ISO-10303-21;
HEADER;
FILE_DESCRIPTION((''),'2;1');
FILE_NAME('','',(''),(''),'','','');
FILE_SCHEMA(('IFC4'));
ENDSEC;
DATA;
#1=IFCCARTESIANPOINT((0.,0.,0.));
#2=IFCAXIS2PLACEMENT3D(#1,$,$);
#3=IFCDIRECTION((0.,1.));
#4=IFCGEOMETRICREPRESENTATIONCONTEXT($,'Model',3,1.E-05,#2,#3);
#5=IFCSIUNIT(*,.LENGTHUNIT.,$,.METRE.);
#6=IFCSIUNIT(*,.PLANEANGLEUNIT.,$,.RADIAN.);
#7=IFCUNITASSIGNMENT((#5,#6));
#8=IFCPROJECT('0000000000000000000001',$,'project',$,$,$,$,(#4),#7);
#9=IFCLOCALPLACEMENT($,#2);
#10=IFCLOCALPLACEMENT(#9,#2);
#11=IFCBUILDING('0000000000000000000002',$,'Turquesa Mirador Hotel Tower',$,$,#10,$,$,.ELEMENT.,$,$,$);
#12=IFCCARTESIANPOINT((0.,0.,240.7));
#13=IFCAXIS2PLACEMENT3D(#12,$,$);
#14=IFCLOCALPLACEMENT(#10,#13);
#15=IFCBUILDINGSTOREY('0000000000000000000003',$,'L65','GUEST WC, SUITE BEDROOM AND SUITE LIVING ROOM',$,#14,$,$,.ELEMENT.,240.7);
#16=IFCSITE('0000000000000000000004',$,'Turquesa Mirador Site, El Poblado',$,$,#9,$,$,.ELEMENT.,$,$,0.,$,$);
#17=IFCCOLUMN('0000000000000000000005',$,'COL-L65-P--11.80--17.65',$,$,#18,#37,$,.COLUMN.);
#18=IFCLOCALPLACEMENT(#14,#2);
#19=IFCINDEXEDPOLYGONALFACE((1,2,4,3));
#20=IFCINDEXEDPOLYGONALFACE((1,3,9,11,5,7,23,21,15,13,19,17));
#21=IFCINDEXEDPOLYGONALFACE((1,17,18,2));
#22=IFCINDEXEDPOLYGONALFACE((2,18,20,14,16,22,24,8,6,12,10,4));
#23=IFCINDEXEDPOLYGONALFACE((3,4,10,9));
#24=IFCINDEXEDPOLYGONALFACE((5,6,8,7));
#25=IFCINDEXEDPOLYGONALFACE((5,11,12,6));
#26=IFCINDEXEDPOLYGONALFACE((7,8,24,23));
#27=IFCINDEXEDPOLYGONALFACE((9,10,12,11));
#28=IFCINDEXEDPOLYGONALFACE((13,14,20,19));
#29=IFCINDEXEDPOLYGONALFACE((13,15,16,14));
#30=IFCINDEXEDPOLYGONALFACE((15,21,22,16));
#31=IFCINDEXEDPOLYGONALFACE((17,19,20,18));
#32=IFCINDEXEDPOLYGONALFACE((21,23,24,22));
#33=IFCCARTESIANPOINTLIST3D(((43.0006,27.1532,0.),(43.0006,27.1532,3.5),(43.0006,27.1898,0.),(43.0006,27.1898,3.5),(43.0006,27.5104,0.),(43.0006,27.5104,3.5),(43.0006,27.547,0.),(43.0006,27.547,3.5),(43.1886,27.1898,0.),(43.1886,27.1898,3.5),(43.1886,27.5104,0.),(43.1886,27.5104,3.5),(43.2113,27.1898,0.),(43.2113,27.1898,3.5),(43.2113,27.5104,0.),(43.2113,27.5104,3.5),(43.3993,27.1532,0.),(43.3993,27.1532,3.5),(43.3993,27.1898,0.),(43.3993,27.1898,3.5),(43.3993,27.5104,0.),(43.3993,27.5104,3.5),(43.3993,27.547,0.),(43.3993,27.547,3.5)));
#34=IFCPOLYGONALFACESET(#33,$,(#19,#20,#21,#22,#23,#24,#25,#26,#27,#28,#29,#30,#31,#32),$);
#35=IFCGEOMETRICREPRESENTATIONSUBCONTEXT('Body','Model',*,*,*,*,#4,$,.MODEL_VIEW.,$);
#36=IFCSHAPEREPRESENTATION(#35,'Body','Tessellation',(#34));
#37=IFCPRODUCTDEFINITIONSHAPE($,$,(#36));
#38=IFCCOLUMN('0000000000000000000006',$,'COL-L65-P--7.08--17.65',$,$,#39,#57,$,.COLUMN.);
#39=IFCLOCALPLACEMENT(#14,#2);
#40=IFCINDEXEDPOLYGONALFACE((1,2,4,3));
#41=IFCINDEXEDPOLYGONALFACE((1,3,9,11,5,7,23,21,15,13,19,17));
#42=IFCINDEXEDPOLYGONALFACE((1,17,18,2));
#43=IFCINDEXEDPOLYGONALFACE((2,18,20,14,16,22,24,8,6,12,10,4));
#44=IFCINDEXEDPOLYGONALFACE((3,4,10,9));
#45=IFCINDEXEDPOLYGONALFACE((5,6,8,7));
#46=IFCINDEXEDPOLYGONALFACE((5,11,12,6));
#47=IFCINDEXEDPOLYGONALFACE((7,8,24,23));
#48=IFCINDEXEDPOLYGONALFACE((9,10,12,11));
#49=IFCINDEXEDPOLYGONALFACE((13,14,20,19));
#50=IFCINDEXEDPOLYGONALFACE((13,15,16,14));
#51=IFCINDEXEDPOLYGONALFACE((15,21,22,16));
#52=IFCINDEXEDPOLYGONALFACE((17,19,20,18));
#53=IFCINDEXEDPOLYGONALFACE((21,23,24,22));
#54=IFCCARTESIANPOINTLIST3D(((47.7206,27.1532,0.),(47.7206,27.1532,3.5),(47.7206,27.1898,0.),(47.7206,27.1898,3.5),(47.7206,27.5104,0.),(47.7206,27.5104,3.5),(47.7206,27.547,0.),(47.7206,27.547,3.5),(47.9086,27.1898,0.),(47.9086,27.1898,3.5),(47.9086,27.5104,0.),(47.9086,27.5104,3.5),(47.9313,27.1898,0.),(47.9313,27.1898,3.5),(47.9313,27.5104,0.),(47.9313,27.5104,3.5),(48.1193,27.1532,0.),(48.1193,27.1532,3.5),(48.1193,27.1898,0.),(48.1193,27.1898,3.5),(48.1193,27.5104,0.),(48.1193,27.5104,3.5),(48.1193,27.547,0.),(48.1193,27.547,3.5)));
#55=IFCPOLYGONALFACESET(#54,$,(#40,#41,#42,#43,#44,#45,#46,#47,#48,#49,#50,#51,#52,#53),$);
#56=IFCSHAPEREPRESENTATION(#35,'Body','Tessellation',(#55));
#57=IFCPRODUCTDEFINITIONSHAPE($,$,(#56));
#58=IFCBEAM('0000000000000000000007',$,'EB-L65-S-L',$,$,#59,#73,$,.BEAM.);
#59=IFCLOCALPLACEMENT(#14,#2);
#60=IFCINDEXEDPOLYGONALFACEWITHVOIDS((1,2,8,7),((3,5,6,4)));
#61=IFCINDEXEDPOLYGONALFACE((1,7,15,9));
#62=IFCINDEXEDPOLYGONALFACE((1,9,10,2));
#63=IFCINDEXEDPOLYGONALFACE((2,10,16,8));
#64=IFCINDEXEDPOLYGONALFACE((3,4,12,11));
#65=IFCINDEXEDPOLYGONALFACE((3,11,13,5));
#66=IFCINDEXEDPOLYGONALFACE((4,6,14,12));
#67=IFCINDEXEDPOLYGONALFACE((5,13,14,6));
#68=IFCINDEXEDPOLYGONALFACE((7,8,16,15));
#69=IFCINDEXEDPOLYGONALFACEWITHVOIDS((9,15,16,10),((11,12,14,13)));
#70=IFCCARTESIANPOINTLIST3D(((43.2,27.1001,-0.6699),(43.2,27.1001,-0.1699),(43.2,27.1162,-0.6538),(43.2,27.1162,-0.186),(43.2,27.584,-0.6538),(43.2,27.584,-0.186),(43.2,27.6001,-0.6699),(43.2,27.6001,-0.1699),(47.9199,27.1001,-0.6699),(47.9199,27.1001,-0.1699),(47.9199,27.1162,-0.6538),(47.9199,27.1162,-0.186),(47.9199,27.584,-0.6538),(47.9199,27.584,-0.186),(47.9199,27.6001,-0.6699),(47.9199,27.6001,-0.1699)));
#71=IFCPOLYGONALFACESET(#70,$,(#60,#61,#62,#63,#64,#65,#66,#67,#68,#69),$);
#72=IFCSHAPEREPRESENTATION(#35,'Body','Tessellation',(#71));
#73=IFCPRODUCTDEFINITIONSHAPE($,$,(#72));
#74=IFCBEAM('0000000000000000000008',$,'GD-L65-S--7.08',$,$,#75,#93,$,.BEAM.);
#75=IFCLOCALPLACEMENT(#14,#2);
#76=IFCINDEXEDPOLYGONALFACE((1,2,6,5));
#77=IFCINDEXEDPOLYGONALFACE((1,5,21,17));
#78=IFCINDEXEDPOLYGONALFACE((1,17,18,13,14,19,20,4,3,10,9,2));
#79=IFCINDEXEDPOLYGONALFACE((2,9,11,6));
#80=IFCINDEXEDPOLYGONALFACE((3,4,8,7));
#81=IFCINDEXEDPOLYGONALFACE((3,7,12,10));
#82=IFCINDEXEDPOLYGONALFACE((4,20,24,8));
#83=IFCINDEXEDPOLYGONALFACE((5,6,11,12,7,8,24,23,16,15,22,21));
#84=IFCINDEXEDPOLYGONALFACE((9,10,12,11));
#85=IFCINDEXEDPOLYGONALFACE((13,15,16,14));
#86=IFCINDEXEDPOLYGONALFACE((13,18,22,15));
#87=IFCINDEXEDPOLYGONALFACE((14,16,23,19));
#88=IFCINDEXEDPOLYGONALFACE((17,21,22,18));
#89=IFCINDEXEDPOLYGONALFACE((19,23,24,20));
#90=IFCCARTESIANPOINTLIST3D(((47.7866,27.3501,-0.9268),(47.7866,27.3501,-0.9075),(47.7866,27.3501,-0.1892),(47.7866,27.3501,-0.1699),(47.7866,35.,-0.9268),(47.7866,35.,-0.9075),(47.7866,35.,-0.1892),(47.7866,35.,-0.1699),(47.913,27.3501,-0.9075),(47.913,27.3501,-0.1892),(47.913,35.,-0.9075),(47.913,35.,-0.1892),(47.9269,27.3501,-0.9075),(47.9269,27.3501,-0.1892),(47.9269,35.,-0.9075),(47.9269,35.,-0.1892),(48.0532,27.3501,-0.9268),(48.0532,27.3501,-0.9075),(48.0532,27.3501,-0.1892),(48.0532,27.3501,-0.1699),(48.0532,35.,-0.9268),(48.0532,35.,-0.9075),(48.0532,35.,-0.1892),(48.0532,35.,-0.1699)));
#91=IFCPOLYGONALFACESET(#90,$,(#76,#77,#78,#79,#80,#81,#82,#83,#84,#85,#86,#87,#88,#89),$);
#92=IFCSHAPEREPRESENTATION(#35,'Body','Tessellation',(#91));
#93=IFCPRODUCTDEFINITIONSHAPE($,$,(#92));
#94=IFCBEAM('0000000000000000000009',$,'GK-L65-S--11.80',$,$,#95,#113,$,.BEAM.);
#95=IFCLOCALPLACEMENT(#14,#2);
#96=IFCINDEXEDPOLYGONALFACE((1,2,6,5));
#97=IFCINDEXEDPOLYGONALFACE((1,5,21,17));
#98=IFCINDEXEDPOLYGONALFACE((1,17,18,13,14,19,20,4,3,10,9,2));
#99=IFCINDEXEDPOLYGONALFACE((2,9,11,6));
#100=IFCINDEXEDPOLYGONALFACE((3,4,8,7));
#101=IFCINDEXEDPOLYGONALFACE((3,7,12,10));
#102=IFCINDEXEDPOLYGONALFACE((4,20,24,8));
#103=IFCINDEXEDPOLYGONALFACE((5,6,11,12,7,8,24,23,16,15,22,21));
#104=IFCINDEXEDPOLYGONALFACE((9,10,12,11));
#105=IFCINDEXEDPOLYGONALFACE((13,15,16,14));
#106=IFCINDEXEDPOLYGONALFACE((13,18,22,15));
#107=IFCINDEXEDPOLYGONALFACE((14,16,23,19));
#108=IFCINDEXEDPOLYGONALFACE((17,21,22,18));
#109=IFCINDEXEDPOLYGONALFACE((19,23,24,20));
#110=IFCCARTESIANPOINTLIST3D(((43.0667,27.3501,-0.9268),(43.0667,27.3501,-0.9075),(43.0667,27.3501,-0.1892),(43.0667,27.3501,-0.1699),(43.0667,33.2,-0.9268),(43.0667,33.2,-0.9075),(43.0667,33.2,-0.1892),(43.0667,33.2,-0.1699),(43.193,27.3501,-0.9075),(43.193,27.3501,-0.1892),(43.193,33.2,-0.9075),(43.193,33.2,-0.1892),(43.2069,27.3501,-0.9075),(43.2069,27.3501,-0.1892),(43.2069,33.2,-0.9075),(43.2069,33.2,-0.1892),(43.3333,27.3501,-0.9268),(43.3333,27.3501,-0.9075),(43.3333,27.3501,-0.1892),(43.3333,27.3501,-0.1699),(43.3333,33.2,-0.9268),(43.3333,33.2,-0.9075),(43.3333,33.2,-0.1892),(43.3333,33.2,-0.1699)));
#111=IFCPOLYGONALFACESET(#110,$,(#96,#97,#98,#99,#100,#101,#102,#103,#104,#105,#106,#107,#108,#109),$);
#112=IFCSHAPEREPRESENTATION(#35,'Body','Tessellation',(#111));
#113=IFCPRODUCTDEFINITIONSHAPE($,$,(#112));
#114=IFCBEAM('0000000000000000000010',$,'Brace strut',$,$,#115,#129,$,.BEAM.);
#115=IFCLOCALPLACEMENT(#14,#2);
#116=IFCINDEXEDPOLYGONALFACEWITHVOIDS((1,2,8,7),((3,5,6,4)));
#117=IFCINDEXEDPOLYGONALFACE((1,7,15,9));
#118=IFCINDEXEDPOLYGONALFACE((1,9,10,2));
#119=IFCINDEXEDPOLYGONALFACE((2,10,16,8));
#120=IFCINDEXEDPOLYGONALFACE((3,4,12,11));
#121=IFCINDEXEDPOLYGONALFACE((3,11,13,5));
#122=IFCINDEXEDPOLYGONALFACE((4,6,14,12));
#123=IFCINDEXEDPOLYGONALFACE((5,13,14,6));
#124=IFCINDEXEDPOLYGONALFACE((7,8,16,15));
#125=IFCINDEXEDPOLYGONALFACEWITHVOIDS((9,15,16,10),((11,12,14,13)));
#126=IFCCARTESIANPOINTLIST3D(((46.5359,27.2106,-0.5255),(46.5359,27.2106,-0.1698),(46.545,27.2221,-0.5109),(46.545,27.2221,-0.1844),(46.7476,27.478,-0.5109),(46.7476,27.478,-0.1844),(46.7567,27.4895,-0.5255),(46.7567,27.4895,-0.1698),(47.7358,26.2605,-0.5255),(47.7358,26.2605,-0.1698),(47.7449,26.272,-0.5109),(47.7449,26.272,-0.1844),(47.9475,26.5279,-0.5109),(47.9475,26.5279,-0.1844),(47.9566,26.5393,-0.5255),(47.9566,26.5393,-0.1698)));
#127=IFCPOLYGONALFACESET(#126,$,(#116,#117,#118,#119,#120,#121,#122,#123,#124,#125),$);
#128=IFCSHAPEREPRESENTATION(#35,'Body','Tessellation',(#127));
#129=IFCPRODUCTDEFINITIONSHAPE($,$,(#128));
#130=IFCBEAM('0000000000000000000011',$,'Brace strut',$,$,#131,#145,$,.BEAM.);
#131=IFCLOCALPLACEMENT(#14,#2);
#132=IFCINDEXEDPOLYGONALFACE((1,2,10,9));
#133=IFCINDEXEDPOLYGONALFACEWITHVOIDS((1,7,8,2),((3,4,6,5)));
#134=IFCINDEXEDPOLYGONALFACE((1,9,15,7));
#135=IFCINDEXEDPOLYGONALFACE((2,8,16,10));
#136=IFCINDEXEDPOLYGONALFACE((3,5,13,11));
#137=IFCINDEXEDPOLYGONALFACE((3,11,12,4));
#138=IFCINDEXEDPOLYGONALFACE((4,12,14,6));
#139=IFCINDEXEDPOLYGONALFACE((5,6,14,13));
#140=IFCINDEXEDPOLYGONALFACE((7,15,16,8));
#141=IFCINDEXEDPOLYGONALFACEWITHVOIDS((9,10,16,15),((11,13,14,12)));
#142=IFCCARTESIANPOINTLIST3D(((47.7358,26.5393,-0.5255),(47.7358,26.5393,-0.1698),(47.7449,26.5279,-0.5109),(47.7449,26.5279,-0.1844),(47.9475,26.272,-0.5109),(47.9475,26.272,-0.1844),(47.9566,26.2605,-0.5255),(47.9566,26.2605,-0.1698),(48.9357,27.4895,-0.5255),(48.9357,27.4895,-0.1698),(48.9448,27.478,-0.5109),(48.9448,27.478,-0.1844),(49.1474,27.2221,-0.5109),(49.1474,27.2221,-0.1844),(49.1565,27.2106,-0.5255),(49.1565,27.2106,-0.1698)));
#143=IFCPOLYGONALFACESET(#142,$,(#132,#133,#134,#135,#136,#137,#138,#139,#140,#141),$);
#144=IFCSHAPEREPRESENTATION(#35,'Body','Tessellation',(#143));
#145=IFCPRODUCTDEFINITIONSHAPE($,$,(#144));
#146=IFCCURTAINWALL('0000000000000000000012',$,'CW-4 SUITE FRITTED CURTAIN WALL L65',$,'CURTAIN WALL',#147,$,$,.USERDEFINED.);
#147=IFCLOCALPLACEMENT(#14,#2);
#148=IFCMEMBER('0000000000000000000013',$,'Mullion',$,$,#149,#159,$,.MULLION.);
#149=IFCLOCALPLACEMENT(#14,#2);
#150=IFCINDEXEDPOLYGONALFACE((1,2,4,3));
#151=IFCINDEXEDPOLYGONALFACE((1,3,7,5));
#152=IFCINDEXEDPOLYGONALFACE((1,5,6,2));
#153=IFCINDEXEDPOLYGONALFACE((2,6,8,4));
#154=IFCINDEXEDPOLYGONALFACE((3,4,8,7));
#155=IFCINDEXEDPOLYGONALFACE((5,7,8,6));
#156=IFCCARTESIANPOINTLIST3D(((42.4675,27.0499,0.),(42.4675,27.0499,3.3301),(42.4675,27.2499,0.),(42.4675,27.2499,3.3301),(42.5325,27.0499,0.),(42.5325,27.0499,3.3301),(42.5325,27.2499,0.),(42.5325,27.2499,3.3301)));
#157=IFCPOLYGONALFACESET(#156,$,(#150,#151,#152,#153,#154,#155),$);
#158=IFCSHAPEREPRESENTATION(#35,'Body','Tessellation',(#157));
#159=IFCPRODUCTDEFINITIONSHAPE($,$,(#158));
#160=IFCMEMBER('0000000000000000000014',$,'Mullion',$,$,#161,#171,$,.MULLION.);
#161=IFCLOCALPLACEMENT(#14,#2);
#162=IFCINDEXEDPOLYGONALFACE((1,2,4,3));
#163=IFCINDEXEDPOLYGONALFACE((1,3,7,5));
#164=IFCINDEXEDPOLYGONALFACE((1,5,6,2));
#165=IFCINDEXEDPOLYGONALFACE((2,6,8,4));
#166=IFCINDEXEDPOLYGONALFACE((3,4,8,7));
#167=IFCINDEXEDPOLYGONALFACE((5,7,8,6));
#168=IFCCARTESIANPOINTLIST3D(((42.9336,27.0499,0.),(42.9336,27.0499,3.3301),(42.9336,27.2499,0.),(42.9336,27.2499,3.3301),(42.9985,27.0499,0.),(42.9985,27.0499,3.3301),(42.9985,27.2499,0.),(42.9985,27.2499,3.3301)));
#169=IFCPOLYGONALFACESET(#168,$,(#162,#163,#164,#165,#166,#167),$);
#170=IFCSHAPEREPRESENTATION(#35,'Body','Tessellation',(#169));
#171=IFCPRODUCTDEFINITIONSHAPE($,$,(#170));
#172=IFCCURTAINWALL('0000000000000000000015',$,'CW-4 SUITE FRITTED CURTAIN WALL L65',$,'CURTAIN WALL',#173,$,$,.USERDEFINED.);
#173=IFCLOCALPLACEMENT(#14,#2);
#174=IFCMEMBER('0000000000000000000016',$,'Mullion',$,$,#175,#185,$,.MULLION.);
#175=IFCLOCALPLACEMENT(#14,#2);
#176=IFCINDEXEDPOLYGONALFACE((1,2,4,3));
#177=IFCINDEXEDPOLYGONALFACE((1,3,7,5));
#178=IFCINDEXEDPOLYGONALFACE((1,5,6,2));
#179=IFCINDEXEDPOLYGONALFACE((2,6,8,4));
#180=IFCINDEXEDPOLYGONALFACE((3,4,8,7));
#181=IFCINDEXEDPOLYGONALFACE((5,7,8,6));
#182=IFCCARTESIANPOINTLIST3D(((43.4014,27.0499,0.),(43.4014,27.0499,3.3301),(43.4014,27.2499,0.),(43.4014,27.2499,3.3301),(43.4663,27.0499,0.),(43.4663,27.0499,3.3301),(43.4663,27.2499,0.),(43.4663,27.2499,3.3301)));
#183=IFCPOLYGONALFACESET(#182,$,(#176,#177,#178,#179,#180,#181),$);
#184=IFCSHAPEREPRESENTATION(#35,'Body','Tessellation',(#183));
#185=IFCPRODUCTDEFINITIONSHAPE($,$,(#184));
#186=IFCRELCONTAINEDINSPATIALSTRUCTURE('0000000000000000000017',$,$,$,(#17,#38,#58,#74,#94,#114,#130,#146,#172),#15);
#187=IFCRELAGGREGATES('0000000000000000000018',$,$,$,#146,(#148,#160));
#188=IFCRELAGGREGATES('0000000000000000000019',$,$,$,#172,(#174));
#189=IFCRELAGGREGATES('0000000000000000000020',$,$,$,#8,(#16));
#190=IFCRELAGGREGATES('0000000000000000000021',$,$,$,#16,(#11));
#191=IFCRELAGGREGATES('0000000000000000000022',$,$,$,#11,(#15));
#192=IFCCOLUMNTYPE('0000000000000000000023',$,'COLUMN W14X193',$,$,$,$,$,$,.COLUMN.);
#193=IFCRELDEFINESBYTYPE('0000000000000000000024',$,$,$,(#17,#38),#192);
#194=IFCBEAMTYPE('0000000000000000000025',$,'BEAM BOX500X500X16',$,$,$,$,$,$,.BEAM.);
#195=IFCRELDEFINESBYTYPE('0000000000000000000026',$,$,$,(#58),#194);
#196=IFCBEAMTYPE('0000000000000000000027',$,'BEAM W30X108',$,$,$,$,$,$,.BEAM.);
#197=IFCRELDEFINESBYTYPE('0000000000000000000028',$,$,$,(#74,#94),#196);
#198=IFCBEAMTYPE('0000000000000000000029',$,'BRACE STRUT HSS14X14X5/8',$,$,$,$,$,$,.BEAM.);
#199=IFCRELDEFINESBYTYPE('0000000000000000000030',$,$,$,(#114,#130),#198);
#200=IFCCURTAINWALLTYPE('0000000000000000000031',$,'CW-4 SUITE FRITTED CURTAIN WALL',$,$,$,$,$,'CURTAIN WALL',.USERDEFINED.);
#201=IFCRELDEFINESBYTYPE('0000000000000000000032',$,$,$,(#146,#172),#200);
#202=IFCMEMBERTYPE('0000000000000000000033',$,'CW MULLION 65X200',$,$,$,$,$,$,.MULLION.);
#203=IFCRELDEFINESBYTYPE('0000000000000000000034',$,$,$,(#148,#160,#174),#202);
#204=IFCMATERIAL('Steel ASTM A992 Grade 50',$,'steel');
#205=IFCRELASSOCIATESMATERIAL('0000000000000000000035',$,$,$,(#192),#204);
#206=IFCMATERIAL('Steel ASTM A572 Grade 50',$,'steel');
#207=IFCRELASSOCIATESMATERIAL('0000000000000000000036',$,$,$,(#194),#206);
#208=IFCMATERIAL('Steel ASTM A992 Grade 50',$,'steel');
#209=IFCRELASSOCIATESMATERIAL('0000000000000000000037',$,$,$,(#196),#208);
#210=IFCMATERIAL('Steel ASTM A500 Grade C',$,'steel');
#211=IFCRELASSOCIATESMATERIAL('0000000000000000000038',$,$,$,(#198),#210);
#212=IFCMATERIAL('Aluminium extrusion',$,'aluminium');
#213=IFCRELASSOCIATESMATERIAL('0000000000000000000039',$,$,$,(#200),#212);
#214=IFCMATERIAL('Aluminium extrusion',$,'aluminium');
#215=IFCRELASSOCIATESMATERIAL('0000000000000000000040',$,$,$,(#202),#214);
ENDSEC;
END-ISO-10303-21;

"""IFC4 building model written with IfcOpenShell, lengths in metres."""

from ifc_helpers import new_model, si_unit, direction, frame, origin, origin_2d, place, context, subcontext, project, spatial, rectangle, hollow_rectangle, i_section, extrude, material, material_profile, profile_set, type_object, element, aggregate, save


model = new_model("IFC4")

# Units and contexts
model_context = context("Model", 3, precision=1e-05, world=origin(), true_north=direction((0.0, 1.0)))
body_context = subcontext(model_context, "Body", "Model", "MODEL_VIEW")
ifc_project = project(units=[si_unit("LENGTHUNIT", "METRE"), si_unit("PLANEANGLEUNIT", "RADIAN")], contexts=[model_context])

# Site, building, storey
site_placement = place(None, origin())
site = spatial("IfcSite", under=ifc_project, at=site_placement, Name="Turquesa Mirador Site, El Poblado", CompositionType="ELEMENT", RefElevation=0.0)
building_placement = place(site_placement, origin())
building = spatial("IfcBuilding", under=site, at=building_placement, Name="Turquesa Mirador Hotel Tower", CompositionType="ELEMENT")
storey_placement = place(building_placement, frame((0.0, 0.0, 240.7)))
storey = spatial("IfcBuildingStorey", under=building, at=storey_placement, Name="L65", Description="GUEST WC, SUITE BEDROOM AND SUITE LIVING ROOM", CompositionType="ELEMENT", Elevation=240.7)

# Columns
ifc_material_1 = material(Name="Steel ASTM A992 Grade 50", Category="steel")
ifc_material_profile_1 = material_profile(ifc_material_1, i_section(OverallWidth=0.3987, OverallDepth=0.3938, WebThickness=0.0227, FlangeThickness=0.0366, at=origin_2d()), Name="W14X193")
ifc_profile_set_1 = profile_set([ifc_material_profile_1], Name="Steel ASTM A992 Grade 50")
column_type = type_object("IfcColumnType", Name="COLUMN W14X193", PredefinedType="COLUMN", material=ifc_profile_set_1)
for number, where, z_axis, x_axis, name in (
    (1, (43.2, 27.3501, 0.0), (0.0, 0.0, 1.0), (1.0, 0.0, 0.0), "COL-L65-P--11.80--17.65"),
    (2, (47.9199, 27.3501, 0.0), (0.0, 0.0, 1.0), (1.0, 0.0, 0.0), "COL-L65-P--7.08--17.65"),
):
    element("IfcColumn", number, at=place(storey_placement, frame(where, z_axis=z_axis, x_axis=x_axis)), inside=storey, type_object=column_type, Name=name, PredefinedType="COLUMN", context=body_context, shape_type="SweptSolid", body=[
        extrude(i_section(OverallWidth=0.3987, OverallDepth=0.3938, WebThickness=0.0227, FlangeThickness=0.0366, at=origin_2d()), origin(), (0.0, 0.0, 1.0), 3.5),
    ])

# Beams
ifc_material_2 = material(Name="Steel ASTM A572 Grade 50", Category="steel")
ifc_material_profile_2 = material_profile(ifc_material_2, hollow_rectangle(XDim=0.5, YDim=0.5, WallThickness=0.0161, at=origin_2d()), Name="BOX500X500X16")
ifc_profile_set_2 = profile_set([ifc_material_profile_2], Name="Steel ASTM A572 Grade 50")
beam_type_1 = type_object("IfcBeamType", Name="BEAM BOX500X500X16", PredefinedType="BEAM", material=ifc_profile_set_2)
beam_1_placement = place(storey_placement, frame((43.2, 27.3501, -0.4199), z_axis=(1.0, 0.0, 0.0), x_axis=(0.0, 1.0, 0.0)))
element("IfcBeam", 3, at=beam_1_placement, inside=storey, type_object=beam_type_1, Name="EB-L65-S-L", PredefinedType="BEAM", context=body_context, shape_type="SweptSolid", body=[
    extrude(hollow_rectangle(XDim=0.5, YDim=0.5, WallThickness=0.0161, at=origin_2d()), origin(), (0.0, 0.0, 1.0), 4.72),
])
ifc_material_3 = material(Name="Steel ASTM A992 Grade 50", Category="steel")
ifc_material_profile_3 = material_profile(ifc_material_3, i_section(OverallWidth=0.2666, OverallDepth=0.7568, WebThickness=0.0139, FlangeThickness=0.0193, at=origin_2d()), Name="W30X108")
ifc_profile_set_3 = profile_set([ifc_material_profile_3], Name="Steel ASTM A992 Grade 50")
beam_type_2 = type_object("IfcBeamType", Name="BEAM W30X108", PredefinedType="BEAM", material=ifc_profile_set_3)
beam_2_placement = place(storey_placement, frame((47.9199, 27.3501, -0.5483), z_axis=(0.0, 1.0, 0.0), x_axis=(-1.0, 0.0, 0.0)))
element("IfcBeam", 4, at=beam_2_placement, inside=storey, type_object=beam_type_2, Name="GD-L65-S--7.08", PredefinedType="BEAM", context=body_context, shape_type="SweptSolid", body=[
    extrude(i_section(OverallWidth=0.2666, OverallDepth=0.7568, WebThickness=0.0139, FlangeThickness=0.0193, at=origin_2d()), origin(), (0.0, 0.0, 1.0), 7.6499),
])
beam_3_placement = place(storey_placement, frame((43.2, 27.3501, -0.5483), z_axis=(0.0, 1.0, 0.0), x_axis=(-1.0, 0.0, 0.0)))
element("IfcBeam", 5, at=beam_3_placement, inside=storey, type_object=beam_type_2, Name="GK-L65-S--11.80", PredefinedType="BEAM", context=body_context, shape_type="SweptSolid", body=[
    extrude(i_section(OverallWidth=0.2666, OverallDepth=0.7568, WebThickness=0.0139, FlangeThickness=0.0193, at=origin_2d()), origin(), (0.0, 0.0, 1.0), 5.8499),
])
ifc_material_4 = material(Name="Steel ASTM A500 Grade C", Category="steel")
ifc_material_profile_4 = material_profile(ifc_material_4, hollow_rectangle(XDim=0.3557, YDim=0.3557, WallThickness=0.0146, at=origin_2d()), Name="HSS14X14X5/8")
ifc_profile_set_4 = profile_set([ifc_material_profile_4], Name="Steel ASTM A500 Grade C")
beam_type_3 = type_object("IfcBeamType", Name="BRACE STRUT HSS14X14X5/8", PredefinedType="BEAM", material=ifc_profile_set_4)
for number, where, z_axis, x_axis, name in (
    (6, (47.8462, 26.3999, -0.3477), (-0.783971, 0.620797, 0.0), (-0.620797, -0.783971, 0.0), "Brace strut"),
    (7, (47.8462, 26.3999, -0.3477), (0.783971, 0.620797, 0.0), (-0.620797, 0.783971, 0.0), "Brace strut"),
):
    element("IfcBeam", number, at=place(storey_placement, frame(where, z_axis=z_axis, x_axis=x_axis)), inside=storey, type_object=beam_type_3, Name=name, PredefinedType="BEAM", context=body_context, shape_type="SweptSolid", body=[
        extrude(hollow_rectangle(XDim=0.3557, YDim=0.3557, WallThickness=0.0146, at=origin_2d()), origin(), (0.0, 0.0, 1.0), 1.5305),
    ])

# Curtain walls, members
ifc_material_5 = material(Name="Aluminium extrusion", Category="aluminium")
curtain_wall_type = type_object("IfcCurtainWallType", Name="CW-4 SUITE FRITTED CURTAIN WALL", ElementType="CURTAIN WALL", PredefinedType="USERDEFINED", material=ifc_material_5)
curtain_wall_1_placement = place(storey_placement, origin())
curtain_wall_1 = element("IfcCurtainWall", 8, at=curtain_wall_1_placement, inside=storey, type_object=curtain_wall_type, Name="CW-4 SUITE FRITTED CURTAIN WALL L65", ObjectType="CURTAIN WALL", PredefinedType="USERDEFINED")
ifc_material_6 = material(Name="Aluminium extrusion", Category="aluminium")
ifc_material_profile_5 = material_profile(ifc_material_6, rectangle(XDim=0.0649, YDim=0.2, at=origin_2d()), Name="MULLION 65X200")
ifc_profile_set_5 = profile_set([ifc_material_profile_5], Name="Aluminium extrusion")
member_type_1 = type_object("IfcMemberType", Name="CW MULLION 65X200", PredefinedType="MULLION", material=ifc_profile_set_5)
member_1_placement = place(storey_placement, frame((42.5, 27.1499, 0.0), z_axis=(0.0, 0.0, 1.0), x_axis=(1.0, 0.0, 0.0)))
member_1 = element("IfcMember", 9, at=member_1_placement, type_object=member_type_1, Name="Mullion", PredefinedType="MULLION", context=body_context, shape_type="SweptSolid", body=[
    extrude(rectangle(XDim=0.0649, YDim=0.2, at=origin_2d()), origin(), (0.0, 0.0, 1.0), 3.3301),
])
member_2_placement = place(storey_placement, frame((42.9661, 27.1499, 0.0), z_axis=(0.0, 0.0, 1.0), x_axis=(1.0, 0.0, 0.0)))
member_2 = element("IfcMember", 10, at=member_2_placement, type_object=member_type_1, Name="Mullion", PredefinedType="MULLION", context=body_context, shape_type="SweptSolid", body=[
    extrude(rectangle(XDim=0.0649, YDim=0.2, at=origin_2d()), origin(), (0.0, 0.0, 1.0), 3.3301),
])
curtain_wall_2_placement = place(storey_placement, origin())
curtain_wall_2 = element("IfcCurtainWall", 11, at=curtain_wall_2_placement, inside=storey, type_object=curtain_wall_type, Name="CW-4 SUITE FRITTED CURTAIN WALL L65", ObjectType="CURTAIN WALL", PredefinedType="USERDEFINED")
member_3_placement = place(storey_placement, frame((43.4338, 27.1499, 0.0), z_axis=(0.0, 0.0, 1.0), x_axis=(1.0, 0.0, 0.0)))
member_3 = element("IfcMember", 12, at=member_3_placement, type_object=member_type_1, Name="Mullion", PredefinedType="MULLION", context=body_context, shape_type="SweptSolid", body=[
    extrude(rectangle(XDim=0.0649, YDim=0.2, at=origin_2d()), origin(), (0.0, 0.0, 1.0), 3.3301),
])

aggregate(curtain_wall_1, [member_1, member_2])
aggregate(curtain_wall_2, [member_3])

save(model, "model.ifc")
